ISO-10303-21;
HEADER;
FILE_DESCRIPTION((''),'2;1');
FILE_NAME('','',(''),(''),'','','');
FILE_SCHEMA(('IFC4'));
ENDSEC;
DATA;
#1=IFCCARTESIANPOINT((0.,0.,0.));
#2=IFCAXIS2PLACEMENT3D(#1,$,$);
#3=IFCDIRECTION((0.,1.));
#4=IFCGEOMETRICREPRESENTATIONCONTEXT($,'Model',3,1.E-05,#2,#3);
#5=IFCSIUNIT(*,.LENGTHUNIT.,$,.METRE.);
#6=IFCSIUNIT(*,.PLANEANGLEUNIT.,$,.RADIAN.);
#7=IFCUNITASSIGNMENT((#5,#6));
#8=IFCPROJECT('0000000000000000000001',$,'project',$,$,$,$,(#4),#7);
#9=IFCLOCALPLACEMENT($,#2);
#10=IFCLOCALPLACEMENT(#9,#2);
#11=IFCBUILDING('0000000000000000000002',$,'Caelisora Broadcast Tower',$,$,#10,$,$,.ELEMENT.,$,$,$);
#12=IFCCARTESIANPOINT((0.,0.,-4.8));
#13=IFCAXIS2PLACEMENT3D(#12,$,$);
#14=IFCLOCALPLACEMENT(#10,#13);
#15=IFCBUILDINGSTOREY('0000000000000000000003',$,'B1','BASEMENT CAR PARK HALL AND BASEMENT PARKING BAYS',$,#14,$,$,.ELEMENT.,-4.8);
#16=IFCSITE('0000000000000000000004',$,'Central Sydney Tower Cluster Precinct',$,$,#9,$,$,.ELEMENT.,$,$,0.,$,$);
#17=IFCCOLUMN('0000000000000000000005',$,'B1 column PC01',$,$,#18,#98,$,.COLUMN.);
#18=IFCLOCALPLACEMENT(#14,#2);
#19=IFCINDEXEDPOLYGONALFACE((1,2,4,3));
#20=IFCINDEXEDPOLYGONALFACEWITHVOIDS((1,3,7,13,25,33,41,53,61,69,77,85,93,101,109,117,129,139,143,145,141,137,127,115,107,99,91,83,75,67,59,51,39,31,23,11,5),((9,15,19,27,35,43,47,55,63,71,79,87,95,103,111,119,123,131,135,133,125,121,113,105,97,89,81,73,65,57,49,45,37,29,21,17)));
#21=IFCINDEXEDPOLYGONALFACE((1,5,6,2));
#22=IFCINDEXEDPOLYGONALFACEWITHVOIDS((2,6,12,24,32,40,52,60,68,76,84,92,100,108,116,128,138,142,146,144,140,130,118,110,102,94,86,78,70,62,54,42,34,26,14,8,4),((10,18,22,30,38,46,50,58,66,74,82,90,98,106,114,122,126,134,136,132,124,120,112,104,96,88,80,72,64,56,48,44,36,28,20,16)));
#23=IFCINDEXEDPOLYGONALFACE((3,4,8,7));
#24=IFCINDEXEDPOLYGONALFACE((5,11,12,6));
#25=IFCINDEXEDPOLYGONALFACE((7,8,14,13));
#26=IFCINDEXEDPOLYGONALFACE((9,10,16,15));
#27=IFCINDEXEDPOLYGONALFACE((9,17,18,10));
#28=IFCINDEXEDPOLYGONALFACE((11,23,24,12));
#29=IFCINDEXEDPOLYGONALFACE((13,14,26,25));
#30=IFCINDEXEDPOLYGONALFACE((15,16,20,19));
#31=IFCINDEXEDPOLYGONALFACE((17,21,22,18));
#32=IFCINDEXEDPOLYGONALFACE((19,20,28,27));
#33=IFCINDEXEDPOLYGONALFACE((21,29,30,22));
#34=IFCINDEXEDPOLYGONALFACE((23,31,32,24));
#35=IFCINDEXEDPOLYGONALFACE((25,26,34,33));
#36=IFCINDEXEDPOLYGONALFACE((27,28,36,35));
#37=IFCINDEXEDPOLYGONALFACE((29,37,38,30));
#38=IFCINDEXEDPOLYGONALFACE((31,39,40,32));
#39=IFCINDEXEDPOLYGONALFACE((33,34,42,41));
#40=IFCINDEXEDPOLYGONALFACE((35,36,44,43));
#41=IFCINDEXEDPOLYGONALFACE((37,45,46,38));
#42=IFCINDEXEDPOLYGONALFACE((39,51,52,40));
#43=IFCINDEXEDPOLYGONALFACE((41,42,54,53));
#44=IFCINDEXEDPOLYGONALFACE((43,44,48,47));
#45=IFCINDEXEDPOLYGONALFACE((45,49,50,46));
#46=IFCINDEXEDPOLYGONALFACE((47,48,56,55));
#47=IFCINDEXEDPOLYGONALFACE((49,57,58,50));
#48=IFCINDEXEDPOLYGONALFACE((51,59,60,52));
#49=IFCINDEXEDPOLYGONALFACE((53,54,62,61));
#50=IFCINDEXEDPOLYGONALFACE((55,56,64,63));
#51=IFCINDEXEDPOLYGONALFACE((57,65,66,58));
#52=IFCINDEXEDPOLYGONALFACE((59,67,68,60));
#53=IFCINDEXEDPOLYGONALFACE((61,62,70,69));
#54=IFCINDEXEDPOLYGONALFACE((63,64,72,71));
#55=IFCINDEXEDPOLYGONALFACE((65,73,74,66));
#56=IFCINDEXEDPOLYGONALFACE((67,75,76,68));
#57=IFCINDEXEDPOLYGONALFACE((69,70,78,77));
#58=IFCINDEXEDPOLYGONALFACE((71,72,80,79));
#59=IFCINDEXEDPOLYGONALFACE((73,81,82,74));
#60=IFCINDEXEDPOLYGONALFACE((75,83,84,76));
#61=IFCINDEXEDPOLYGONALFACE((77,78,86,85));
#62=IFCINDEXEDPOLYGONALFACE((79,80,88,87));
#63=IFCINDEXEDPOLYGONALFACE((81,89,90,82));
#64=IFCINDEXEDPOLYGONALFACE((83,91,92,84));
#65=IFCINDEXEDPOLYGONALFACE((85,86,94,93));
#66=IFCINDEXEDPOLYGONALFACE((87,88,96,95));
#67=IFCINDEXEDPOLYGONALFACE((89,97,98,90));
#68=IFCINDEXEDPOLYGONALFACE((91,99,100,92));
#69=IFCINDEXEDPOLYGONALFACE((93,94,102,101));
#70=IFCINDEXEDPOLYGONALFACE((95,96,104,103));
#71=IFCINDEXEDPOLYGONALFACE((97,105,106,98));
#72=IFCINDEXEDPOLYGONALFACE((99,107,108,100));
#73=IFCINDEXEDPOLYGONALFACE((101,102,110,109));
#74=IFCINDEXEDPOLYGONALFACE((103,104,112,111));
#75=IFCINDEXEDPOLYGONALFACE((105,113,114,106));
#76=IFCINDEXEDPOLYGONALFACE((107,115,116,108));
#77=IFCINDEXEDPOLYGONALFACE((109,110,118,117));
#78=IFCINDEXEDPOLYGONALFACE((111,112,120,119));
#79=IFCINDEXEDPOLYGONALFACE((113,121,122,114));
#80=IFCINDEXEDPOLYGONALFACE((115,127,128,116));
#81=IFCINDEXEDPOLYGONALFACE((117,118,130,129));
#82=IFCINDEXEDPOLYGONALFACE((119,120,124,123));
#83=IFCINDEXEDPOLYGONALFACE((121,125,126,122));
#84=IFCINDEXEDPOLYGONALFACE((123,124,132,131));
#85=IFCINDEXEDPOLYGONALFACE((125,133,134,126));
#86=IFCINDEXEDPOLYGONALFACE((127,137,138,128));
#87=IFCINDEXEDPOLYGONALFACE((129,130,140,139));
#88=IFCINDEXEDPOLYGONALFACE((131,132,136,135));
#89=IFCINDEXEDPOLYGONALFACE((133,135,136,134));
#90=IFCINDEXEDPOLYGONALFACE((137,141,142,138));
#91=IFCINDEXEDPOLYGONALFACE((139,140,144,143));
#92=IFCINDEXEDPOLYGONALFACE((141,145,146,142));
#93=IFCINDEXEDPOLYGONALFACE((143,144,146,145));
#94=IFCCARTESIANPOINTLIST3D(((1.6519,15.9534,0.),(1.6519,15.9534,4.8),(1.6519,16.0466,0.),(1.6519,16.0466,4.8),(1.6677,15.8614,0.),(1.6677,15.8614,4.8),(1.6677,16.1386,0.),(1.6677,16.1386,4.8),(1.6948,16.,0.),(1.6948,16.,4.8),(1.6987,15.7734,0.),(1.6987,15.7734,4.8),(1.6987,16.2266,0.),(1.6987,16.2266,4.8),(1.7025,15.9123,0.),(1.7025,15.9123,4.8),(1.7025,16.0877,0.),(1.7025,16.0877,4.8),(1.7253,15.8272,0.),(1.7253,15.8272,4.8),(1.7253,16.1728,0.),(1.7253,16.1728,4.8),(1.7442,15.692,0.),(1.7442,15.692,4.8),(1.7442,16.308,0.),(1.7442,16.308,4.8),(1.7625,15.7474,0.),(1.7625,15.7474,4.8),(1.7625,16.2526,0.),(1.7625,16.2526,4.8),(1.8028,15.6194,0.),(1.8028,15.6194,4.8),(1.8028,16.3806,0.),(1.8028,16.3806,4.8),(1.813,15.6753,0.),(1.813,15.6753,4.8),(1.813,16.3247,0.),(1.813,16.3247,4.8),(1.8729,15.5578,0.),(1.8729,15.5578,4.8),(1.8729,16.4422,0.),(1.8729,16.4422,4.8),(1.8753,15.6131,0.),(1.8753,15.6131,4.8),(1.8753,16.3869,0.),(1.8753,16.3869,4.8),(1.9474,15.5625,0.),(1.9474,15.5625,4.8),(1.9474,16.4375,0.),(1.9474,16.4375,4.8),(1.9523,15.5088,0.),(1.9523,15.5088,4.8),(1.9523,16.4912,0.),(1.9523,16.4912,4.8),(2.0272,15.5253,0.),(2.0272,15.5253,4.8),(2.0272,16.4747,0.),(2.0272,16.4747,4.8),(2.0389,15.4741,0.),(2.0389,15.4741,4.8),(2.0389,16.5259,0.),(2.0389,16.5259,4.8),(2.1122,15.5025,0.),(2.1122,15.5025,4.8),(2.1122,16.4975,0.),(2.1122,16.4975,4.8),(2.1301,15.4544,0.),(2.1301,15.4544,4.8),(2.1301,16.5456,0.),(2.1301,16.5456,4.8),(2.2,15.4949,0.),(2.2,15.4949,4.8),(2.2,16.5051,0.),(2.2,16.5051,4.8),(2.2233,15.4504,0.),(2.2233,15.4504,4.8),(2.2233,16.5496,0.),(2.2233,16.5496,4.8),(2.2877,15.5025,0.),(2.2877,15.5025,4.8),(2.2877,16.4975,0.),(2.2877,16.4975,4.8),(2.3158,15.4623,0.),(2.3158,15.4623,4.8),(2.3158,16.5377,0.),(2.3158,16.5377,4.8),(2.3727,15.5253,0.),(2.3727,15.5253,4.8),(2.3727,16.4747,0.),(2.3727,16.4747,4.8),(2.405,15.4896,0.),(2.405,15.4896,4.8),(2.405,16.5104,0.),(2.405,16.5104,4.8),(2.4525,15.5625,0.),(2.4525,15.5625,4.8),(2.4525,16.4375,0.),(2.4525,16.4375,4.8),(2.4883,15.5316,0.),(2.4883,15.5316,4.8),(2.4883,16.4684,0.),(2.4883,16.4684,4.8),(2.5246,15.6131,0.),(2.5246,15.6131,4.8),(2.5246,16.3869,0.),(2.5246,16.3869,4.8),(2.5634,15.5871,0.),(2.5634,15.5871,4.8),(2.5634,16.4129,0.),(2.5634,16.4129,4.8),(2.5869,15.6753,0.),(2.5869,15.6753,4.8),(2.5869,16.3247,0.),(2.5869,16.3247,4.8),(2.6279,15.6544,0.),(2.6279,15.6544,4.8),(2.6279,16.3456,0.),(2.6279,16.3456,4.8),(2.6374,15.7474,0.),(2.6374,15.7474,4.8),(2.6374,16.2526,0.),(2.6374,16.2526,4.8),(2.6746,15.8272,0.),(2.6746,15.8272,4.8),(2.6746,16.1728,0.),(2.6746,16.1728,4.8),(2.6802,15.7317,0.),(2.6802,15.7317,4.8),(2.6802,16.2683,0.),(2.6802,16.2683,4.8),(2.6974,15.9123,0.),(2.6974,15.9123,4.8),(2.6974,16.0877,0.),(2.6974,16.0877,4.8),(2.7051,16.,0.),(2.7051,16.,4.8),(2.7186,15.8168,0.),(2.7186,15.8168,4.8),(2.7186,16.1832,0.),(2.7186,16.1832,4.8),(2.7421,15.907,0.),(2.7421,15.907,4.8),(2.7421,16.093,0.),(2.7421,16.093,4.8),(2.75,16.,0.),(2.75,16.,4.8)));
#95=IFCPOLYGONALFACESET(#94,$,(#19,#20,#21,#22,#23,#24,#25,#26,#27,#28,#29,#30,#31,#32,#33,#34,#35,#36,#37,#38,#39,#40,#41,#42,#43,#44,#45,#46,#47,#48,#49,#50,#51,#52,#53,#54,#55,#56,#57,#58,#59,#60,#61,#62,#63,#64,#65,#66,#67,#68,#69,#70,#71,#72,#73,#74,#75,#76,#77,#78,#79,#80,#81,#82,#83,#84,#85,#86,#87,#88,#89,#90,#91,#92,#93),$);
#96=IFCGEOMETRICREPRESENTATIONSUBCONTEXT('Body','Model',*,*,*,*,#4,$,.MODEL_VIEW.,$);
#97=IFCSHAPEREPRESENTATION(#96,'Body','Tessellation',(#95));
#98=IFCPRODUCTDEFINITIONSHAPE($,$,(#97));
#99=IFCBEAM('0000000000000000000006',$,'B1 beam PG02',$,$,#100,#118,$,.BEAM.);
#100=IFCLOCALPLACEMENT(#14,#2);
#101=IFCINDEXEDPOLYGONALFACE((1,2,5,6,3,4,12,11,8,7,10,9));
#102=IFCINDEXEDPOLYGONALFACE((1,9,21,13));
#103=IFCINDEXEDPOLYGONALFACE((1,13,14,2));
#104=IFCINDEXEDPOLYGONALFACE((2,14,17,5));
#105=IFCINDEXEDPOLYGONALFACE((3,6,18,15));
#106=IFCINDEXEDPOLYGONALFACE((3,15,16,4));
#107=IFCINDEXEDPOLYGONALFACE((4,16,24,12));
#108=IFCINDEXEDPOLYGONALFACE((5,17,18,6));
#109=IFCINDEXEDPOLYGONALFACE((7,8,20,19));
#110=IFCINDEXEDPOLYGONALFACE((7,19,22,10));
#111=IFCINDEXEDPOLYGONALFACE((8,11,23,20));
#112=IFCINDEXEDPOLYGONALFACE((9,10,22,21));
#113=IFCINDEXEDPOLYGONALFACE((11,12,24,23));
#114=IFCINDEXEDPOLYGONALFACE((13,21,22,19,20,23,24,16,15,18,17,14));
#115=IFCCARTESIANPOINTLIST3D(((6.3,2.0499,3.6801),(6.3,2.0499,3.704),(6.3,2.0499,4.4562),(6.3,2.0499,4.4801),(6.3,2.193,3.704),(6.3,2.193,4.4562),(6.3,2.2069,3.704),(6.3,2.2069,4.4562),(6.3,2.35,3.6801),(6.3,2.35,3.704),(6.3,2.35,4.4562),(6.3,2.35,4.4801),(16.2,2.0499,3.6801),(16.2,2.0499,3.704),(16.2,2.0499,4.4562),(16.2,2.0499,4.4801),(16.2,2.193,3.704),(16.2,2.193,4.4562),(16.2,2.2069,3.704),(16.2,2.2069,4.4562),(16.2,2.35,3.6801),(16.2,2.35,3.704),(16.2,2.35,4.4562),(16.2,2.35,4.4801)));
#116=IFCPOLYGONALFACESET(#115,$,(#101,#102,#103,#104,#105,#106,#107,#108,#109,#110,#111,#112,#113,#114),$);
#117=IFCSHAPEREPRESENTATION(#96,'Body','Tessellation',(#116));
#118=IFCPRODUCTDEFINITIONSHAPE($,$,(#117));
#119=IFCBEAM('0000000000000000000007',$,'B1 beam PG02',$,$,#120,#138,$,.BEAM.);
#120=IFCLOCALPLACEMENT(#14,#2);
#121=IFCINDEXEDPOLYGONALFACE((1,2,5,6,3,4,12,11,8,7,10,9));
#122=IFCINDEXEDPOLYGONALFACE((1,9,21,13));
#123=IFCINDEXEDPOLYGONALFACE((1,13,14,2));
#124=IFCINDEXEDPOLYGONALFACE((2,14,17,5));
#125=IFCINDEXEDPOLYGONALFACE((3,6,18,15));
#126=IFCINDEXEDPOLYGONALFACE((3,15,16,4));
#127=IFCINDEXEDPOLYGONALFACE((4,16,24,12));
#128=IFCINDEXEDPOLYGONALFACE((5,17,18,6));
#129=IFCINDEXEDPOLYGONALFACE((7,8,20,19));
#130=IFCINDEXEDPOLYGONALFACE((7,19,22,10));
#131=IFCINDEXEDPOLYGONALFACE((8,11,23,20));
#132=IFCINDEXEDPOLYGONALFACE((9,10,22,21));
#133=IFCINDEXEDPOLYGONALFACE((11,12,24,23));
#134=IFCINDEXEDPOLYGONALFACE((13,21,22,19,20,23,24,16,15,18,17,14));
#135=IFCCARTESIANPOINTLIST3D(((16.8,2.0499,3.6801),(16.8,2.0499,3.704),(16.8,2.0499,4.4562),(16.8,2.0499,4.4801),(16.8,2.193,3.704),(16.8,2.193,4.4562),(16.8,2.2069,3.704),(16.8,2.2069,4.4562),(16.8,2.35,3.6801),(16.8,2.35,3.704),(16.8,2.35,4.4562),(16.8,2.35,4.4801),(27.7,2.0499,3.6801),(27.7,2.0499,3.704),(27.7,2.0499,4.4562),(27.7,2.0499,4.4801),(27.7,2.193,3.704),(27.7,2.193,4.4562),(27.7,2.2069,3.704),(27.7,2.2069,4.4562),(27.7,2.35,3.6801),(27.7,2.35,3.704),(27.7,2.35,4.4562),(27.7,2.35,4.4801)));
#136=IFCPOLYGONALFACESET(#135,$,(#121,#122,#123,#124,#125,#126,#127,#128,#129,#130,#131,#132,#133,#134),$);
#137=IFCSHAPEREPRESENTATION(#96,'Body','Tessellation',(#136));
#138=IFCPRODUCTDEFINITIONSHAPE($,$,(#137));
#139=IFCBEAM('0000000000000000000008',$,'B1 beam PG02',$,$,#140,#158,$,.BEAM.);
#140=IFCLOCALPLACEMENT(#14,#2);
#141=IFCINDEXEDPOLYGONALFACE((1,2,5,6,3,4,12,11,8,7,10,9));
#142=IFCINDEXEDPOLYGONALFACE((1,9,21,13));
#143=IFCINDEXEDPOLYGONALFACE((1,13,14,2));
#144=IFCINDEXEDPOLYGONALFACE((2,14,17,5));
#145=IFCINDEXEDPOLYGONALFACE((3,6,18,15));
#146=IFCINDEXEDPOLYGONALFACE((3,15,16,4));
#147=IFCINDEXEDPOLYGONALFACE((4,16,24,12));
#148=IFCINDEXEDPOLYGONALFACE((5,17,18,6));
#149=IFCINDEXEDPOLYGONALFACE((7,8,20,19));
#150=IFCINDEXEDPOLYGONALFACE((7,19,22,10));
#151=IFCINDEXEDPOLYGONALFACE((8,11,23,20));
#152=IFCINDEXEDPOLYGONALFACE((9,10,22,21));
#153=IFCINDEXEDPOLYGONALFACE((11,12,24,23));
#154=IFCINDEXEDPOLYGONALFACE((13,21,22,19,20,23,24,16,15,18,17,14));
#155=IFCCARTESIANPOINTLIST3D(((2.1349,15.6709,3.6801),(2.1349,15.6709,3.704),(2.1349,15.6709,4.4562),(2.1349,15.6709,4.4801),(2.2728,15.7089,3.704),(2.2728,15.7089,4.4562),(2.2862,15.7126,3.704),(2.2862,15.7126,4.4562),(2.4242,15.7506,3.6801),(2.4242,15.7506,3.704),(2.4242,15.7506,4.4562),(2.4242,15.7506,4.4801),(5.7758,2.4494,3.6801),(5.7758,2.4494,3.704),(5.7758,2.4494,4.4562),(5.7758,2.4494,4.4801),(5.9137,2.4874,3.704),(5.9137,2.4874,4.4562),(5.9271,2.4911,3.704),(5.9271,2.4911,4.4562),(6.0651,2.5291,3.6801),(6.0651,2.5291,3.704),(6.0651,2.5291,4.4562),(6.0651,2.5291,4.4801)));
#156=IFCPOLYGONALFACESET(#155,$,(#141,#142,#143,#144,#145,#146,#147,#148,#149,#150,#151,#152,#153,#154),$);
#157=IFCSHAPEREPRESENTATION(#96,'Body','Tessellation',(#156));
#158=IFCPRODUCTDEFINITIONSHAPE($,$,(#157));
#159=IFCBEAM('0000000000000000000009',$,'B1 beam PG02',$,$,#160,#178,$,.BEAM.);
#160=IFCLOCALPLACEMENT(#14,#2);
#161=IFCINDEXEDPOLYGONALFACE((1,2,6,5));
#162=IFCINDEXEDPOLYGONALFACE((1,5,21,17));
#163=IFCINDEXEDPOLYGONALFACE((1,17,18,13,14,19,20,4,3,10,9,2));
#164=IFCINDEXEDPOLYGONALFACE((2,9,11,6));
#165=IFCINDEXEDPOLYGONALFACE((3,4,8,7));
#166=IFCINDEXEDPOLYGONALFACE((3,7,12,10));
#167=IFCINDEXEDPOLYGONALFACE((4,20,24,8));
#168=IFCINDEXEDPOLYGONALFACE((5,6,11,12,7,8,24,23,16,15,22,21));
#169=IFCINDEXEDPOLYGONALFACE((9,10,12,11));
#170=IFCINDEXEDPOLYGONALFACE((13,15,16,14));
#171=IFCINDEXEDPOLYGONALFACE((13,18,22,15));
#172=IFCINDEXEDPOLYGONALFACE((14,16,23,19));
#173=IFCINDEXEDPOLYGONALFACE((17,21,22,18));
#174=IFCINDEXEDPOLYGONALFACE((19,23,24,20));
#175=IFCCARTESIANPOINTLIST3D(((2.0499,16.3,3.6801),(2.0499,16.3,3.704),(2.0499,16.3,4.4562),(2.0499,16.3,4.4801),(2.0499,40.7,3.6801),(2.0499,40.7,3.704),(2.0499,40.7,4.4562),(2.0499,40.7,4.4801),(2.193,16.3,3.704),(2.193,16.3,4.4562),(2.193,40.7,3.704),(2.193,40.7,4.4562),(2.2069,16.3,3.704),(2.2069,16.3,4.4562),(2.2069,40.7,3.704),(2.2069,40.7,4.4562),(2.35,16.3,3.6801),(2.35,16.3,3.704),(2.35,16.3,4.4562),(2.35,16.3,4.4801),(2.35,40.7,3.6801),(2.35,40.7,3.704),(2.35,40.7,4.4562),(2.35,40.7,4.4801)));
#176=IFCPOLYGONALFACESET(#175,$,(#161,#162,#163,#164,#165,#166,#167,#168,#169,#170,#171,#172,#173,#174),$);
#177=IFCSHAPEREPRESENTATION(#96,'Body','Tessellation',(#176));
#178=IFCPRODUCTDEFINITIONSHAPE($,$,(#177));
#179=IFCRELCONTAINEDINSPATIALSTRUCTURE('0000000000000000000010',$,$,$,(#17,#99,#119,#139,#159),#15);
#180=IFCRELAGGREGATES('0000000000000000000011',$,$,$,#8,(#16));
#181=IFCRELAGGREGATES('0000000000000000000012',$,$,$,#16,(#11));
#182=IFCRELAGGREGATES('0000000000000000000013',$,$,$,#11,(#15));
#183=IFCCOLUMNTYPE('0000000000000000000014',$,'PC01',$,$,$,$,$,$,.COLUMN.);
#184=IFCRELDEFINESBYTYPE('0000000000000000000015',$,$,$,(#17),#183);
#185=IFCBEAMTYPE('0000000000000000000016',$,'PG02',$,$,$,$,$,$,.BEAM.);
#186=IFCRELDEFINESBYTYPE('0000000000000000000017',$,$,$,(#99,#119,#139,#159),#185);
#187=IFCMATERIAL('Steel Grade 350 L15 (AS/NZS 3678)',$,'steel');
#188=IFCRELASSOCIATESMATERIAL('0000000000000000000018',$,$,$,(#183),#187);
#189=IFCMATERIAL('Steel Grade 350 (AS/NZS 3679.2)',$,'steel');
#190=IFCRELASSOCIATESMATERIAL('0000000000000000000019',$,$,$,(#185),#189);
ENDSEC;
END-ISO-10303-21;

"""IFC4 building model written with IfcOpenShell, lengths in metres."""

from ifc_helpers import new_model, si_unit, direction, frame, origin, origin_2d, place, context, subcontext, project, spatial, hollow_circle, i_section, extrude, source, transform, mapped, material, material_profile, profile_set, type_object, type_shapes, element, save


model = new_model("IFC4")

# Units and contexts
model_context = context("Model", 3, precision=1e-05, world=origin(), true_north=direction((0.0, 1.0)))
body_context = subcontext(model_context, "Body", "Model", "MODEL_VIEW")
ifc_project = project(units=[si_unit("LENGTHUNIT", "METRE"), si_unit("PLANEANGLEUNIT", "RADIAN")], contexts=[model_context])

# Site, building, storey
site_placement = place(None, origin())
site = spatial("IfcSite", under=ifc_project, at=site_placement, Name="Central Sydney Tower Cluster Precinct", CompositionType="ELEMENT", RefElevation=0.0)
building_placement = place(site_placement, origin())
building = spatial("IfcBuilding", under=site, at=building_placement, Name="Caelisora Broadcast Tower", CompositionType="ELEMENT")
storey_placement = place(building_placement, frame((0.0, 0.0, -4.8)))
storey = spatial("IfcBuildingStorey", under=building, at=storey_placement, Name="B1", Description="BASEMENT CAR PARK HALL AND BASEMENT PARKING BAYS", CompositionType="ELEMENT", Elevation=-4.8)

# Column
ifc_material_1 = material(Name="Steel Grade 350 L15 (AS/NZS 3678)", Category="steel")
ifc_material_profile_1 = material_profile(ifc_material_1, hollow_circle(Radius=0.55, WallThickness=0.0449, at=origin_2d()), Name="Steel Grade 350 L15 (AS/NZS 3678)")
ifc_profile_set_1 = profile_set([ifc_material_profile_1], Name="Steel Grade 350 L15 (AS/NZS 3678)")
column_type_1 = type_object("IfcColumnType", Name="PC01", PredefinedType="COLUMN", material=ifc_profile_set_1)
shared_shape_1 = source(origin(), body_context, "Body", "SweptSolid", [
    extrude(hollow_circle(Radius=0.55, WallThickness=0.0449, at=origin_2d()), origin(), (0.0, 0.0, 1.0), 4.8),
])
type_shapes(column_type_1, [shared_shape_1])
for number, where, z_axis, x_axis, name in (
    (1, (2.2, 16.0, 0.0), (0.0, 0.0, 1.0), (1.0, 0.0, 0.0), "B1 column PC01"),
):
    element("IfcColumn", number, at=place(storey_placement, frame(where, z_axis=z_axis, x_axis=x_axis)), inside=storey, type_object=column_type_1, Name=name, PredefinedType="COLUMN", context=body_context, shape_type="MappedRepresentation", body=[
        mapped(shared_shape_1, transform((0.0, 0.0, 0.0), scale=1.0)),
    ])

# Beams
ifc_material_2 = material(Name="Steel Grade 350 (AS/NZS 3679.2)", Category="steel")
ifc_material_profile_2 = material_profile(ifc_material_2, i_section(OverallWidth=0.3, OverallDepth=0.8, WebThickness=0.0139, FlangeThickness=0.0239, at=origin_2d()), Name="Steel Grade 350 (AS/NZS 3679.2)")
ifc_profile_set_2 = profile_set([ifc_material_profile_2], Name="Steel Grade 350 (AS/NZS 3679.2)")
beam_type_1 = type_object("IfcBeamType", Name="PG02", PredefinedType="BEAM", material=ifc_profile_set_2)
shared_shape_2 = source(origin(), body_context, "Body", "SweptSolid", [
    extrude(i_section(OverallWidth=0.3, OverallDepth=0.8, WebThickness=0.0139, FlangeThickness=0.0239, at=origin_2d()), origin(), (0.0, 0.0, 1.0), 9.8999),
])
beam_1_placement = place(storey_placement, frame((6.3, 2.2, 4.0801), z_axis=(1.0, 0.0, 0.0), x_axis=(0.0, 1.0, 0.0)))
element("IfcBeam", 2, at=beam_1_placement, inside=storey, type_object=beam_type_1, Name="B1 beam PG02", PredefinedType="BEAM", context=body_context, shape_type="MappedRepresentation", body=[
    mapped(shared_shape_2, transform((0.0, 0.0, 0.0), scale=1.0)),
])
shared_shape_3 = source(origin(), body_context, "Body", "SweptSolid", [
    extrude(i_section(OverallWidth=0.3, OverallDepth=0.8, WebThickness=0.0139, FlangeThickness=0.0239, at=origin_2d()), origin(), (0.0, 0.0, 1.0), 10.8999),
])
beam_2_placement = place(storey_placement, frame((16.8, 2.2, 4.0801), z_axis=(1.0, 0.0, 0.0), x_axis=(0.0, 1.0, 0.0)))
element("IfcBeam", 3, at=beam_2_placement, inside=storey, type_object=beam_type_1, Name="B1 beam PG02", PredefinedType="BEAM", context=body_context, shape_type="MappedRepresentation", body=[
    mapped(shared_shape_3, transform((0.0, 0.0, 0.0), scale=1.0)),
])
shared_shape_4 = source(origin(), body_context, "Body", "SweptSolid", [
    extrude(i_section(OverallWidth=0.3, OverallDepth=0.8, WebThickness=0.0139, FlangeThickness=0.0239, at=origin_2d()), origin(), (0.0, 0.0, 1.0), 13.7136),
])
beam_3_placement = place(storey_placement, frame((5.9204, 2.4893, 4.0801), z_axis=(-0.265494, 0.964113, 0.0), x_axis=(-0.964113, -0.265494, 0.0)))
element("IfcBeam", 4, at=beam_3_placement, inside=storey, type_object=beam_type_1, Name="B1 beam PG02", PredefinedType="BEAM", context=body_context, shape_type="MappedRepresentation", body=[
    mapped(shared_shape_4, transform((0.0, 0.0, 0.0), scale=1.0)),
])
shared_shape_5 = source(origin(), body_context, "Body", "SweptSolid", [
    extrude(i_section(OverallWidth=0.3, OverallDepth=0.8, WebThickness=0.0139, FlangeThickness=0.0239, at=origin_2d()), origin(), (0.0, 0.0, 1.0), 24.3999),
])
type_shapes(beam_type_1, [shared_shape_2, shared_shape_3, shared_shape_4, shared_shape_5])
beam_4_placement = place(storey_placement, frame((2.2, 16.3, 4.0801), z_axis=(0.0, 1.0, 0.0), x_axis=(-1.0, 0.0, 0.0)))
element("IfcBeam", 5, at=beam_4_placement, inside=storey, type_object=beam_type_1, Name="B1 beam PG02", PredefinedType="BEAM", context=body_context, shape_type="MappedRepresentation", body=[
    mapped(shared_shape_5, transform((0.0, 0.0, 0.0), scale=1.0)),
])

save(model, "model.ifc")
